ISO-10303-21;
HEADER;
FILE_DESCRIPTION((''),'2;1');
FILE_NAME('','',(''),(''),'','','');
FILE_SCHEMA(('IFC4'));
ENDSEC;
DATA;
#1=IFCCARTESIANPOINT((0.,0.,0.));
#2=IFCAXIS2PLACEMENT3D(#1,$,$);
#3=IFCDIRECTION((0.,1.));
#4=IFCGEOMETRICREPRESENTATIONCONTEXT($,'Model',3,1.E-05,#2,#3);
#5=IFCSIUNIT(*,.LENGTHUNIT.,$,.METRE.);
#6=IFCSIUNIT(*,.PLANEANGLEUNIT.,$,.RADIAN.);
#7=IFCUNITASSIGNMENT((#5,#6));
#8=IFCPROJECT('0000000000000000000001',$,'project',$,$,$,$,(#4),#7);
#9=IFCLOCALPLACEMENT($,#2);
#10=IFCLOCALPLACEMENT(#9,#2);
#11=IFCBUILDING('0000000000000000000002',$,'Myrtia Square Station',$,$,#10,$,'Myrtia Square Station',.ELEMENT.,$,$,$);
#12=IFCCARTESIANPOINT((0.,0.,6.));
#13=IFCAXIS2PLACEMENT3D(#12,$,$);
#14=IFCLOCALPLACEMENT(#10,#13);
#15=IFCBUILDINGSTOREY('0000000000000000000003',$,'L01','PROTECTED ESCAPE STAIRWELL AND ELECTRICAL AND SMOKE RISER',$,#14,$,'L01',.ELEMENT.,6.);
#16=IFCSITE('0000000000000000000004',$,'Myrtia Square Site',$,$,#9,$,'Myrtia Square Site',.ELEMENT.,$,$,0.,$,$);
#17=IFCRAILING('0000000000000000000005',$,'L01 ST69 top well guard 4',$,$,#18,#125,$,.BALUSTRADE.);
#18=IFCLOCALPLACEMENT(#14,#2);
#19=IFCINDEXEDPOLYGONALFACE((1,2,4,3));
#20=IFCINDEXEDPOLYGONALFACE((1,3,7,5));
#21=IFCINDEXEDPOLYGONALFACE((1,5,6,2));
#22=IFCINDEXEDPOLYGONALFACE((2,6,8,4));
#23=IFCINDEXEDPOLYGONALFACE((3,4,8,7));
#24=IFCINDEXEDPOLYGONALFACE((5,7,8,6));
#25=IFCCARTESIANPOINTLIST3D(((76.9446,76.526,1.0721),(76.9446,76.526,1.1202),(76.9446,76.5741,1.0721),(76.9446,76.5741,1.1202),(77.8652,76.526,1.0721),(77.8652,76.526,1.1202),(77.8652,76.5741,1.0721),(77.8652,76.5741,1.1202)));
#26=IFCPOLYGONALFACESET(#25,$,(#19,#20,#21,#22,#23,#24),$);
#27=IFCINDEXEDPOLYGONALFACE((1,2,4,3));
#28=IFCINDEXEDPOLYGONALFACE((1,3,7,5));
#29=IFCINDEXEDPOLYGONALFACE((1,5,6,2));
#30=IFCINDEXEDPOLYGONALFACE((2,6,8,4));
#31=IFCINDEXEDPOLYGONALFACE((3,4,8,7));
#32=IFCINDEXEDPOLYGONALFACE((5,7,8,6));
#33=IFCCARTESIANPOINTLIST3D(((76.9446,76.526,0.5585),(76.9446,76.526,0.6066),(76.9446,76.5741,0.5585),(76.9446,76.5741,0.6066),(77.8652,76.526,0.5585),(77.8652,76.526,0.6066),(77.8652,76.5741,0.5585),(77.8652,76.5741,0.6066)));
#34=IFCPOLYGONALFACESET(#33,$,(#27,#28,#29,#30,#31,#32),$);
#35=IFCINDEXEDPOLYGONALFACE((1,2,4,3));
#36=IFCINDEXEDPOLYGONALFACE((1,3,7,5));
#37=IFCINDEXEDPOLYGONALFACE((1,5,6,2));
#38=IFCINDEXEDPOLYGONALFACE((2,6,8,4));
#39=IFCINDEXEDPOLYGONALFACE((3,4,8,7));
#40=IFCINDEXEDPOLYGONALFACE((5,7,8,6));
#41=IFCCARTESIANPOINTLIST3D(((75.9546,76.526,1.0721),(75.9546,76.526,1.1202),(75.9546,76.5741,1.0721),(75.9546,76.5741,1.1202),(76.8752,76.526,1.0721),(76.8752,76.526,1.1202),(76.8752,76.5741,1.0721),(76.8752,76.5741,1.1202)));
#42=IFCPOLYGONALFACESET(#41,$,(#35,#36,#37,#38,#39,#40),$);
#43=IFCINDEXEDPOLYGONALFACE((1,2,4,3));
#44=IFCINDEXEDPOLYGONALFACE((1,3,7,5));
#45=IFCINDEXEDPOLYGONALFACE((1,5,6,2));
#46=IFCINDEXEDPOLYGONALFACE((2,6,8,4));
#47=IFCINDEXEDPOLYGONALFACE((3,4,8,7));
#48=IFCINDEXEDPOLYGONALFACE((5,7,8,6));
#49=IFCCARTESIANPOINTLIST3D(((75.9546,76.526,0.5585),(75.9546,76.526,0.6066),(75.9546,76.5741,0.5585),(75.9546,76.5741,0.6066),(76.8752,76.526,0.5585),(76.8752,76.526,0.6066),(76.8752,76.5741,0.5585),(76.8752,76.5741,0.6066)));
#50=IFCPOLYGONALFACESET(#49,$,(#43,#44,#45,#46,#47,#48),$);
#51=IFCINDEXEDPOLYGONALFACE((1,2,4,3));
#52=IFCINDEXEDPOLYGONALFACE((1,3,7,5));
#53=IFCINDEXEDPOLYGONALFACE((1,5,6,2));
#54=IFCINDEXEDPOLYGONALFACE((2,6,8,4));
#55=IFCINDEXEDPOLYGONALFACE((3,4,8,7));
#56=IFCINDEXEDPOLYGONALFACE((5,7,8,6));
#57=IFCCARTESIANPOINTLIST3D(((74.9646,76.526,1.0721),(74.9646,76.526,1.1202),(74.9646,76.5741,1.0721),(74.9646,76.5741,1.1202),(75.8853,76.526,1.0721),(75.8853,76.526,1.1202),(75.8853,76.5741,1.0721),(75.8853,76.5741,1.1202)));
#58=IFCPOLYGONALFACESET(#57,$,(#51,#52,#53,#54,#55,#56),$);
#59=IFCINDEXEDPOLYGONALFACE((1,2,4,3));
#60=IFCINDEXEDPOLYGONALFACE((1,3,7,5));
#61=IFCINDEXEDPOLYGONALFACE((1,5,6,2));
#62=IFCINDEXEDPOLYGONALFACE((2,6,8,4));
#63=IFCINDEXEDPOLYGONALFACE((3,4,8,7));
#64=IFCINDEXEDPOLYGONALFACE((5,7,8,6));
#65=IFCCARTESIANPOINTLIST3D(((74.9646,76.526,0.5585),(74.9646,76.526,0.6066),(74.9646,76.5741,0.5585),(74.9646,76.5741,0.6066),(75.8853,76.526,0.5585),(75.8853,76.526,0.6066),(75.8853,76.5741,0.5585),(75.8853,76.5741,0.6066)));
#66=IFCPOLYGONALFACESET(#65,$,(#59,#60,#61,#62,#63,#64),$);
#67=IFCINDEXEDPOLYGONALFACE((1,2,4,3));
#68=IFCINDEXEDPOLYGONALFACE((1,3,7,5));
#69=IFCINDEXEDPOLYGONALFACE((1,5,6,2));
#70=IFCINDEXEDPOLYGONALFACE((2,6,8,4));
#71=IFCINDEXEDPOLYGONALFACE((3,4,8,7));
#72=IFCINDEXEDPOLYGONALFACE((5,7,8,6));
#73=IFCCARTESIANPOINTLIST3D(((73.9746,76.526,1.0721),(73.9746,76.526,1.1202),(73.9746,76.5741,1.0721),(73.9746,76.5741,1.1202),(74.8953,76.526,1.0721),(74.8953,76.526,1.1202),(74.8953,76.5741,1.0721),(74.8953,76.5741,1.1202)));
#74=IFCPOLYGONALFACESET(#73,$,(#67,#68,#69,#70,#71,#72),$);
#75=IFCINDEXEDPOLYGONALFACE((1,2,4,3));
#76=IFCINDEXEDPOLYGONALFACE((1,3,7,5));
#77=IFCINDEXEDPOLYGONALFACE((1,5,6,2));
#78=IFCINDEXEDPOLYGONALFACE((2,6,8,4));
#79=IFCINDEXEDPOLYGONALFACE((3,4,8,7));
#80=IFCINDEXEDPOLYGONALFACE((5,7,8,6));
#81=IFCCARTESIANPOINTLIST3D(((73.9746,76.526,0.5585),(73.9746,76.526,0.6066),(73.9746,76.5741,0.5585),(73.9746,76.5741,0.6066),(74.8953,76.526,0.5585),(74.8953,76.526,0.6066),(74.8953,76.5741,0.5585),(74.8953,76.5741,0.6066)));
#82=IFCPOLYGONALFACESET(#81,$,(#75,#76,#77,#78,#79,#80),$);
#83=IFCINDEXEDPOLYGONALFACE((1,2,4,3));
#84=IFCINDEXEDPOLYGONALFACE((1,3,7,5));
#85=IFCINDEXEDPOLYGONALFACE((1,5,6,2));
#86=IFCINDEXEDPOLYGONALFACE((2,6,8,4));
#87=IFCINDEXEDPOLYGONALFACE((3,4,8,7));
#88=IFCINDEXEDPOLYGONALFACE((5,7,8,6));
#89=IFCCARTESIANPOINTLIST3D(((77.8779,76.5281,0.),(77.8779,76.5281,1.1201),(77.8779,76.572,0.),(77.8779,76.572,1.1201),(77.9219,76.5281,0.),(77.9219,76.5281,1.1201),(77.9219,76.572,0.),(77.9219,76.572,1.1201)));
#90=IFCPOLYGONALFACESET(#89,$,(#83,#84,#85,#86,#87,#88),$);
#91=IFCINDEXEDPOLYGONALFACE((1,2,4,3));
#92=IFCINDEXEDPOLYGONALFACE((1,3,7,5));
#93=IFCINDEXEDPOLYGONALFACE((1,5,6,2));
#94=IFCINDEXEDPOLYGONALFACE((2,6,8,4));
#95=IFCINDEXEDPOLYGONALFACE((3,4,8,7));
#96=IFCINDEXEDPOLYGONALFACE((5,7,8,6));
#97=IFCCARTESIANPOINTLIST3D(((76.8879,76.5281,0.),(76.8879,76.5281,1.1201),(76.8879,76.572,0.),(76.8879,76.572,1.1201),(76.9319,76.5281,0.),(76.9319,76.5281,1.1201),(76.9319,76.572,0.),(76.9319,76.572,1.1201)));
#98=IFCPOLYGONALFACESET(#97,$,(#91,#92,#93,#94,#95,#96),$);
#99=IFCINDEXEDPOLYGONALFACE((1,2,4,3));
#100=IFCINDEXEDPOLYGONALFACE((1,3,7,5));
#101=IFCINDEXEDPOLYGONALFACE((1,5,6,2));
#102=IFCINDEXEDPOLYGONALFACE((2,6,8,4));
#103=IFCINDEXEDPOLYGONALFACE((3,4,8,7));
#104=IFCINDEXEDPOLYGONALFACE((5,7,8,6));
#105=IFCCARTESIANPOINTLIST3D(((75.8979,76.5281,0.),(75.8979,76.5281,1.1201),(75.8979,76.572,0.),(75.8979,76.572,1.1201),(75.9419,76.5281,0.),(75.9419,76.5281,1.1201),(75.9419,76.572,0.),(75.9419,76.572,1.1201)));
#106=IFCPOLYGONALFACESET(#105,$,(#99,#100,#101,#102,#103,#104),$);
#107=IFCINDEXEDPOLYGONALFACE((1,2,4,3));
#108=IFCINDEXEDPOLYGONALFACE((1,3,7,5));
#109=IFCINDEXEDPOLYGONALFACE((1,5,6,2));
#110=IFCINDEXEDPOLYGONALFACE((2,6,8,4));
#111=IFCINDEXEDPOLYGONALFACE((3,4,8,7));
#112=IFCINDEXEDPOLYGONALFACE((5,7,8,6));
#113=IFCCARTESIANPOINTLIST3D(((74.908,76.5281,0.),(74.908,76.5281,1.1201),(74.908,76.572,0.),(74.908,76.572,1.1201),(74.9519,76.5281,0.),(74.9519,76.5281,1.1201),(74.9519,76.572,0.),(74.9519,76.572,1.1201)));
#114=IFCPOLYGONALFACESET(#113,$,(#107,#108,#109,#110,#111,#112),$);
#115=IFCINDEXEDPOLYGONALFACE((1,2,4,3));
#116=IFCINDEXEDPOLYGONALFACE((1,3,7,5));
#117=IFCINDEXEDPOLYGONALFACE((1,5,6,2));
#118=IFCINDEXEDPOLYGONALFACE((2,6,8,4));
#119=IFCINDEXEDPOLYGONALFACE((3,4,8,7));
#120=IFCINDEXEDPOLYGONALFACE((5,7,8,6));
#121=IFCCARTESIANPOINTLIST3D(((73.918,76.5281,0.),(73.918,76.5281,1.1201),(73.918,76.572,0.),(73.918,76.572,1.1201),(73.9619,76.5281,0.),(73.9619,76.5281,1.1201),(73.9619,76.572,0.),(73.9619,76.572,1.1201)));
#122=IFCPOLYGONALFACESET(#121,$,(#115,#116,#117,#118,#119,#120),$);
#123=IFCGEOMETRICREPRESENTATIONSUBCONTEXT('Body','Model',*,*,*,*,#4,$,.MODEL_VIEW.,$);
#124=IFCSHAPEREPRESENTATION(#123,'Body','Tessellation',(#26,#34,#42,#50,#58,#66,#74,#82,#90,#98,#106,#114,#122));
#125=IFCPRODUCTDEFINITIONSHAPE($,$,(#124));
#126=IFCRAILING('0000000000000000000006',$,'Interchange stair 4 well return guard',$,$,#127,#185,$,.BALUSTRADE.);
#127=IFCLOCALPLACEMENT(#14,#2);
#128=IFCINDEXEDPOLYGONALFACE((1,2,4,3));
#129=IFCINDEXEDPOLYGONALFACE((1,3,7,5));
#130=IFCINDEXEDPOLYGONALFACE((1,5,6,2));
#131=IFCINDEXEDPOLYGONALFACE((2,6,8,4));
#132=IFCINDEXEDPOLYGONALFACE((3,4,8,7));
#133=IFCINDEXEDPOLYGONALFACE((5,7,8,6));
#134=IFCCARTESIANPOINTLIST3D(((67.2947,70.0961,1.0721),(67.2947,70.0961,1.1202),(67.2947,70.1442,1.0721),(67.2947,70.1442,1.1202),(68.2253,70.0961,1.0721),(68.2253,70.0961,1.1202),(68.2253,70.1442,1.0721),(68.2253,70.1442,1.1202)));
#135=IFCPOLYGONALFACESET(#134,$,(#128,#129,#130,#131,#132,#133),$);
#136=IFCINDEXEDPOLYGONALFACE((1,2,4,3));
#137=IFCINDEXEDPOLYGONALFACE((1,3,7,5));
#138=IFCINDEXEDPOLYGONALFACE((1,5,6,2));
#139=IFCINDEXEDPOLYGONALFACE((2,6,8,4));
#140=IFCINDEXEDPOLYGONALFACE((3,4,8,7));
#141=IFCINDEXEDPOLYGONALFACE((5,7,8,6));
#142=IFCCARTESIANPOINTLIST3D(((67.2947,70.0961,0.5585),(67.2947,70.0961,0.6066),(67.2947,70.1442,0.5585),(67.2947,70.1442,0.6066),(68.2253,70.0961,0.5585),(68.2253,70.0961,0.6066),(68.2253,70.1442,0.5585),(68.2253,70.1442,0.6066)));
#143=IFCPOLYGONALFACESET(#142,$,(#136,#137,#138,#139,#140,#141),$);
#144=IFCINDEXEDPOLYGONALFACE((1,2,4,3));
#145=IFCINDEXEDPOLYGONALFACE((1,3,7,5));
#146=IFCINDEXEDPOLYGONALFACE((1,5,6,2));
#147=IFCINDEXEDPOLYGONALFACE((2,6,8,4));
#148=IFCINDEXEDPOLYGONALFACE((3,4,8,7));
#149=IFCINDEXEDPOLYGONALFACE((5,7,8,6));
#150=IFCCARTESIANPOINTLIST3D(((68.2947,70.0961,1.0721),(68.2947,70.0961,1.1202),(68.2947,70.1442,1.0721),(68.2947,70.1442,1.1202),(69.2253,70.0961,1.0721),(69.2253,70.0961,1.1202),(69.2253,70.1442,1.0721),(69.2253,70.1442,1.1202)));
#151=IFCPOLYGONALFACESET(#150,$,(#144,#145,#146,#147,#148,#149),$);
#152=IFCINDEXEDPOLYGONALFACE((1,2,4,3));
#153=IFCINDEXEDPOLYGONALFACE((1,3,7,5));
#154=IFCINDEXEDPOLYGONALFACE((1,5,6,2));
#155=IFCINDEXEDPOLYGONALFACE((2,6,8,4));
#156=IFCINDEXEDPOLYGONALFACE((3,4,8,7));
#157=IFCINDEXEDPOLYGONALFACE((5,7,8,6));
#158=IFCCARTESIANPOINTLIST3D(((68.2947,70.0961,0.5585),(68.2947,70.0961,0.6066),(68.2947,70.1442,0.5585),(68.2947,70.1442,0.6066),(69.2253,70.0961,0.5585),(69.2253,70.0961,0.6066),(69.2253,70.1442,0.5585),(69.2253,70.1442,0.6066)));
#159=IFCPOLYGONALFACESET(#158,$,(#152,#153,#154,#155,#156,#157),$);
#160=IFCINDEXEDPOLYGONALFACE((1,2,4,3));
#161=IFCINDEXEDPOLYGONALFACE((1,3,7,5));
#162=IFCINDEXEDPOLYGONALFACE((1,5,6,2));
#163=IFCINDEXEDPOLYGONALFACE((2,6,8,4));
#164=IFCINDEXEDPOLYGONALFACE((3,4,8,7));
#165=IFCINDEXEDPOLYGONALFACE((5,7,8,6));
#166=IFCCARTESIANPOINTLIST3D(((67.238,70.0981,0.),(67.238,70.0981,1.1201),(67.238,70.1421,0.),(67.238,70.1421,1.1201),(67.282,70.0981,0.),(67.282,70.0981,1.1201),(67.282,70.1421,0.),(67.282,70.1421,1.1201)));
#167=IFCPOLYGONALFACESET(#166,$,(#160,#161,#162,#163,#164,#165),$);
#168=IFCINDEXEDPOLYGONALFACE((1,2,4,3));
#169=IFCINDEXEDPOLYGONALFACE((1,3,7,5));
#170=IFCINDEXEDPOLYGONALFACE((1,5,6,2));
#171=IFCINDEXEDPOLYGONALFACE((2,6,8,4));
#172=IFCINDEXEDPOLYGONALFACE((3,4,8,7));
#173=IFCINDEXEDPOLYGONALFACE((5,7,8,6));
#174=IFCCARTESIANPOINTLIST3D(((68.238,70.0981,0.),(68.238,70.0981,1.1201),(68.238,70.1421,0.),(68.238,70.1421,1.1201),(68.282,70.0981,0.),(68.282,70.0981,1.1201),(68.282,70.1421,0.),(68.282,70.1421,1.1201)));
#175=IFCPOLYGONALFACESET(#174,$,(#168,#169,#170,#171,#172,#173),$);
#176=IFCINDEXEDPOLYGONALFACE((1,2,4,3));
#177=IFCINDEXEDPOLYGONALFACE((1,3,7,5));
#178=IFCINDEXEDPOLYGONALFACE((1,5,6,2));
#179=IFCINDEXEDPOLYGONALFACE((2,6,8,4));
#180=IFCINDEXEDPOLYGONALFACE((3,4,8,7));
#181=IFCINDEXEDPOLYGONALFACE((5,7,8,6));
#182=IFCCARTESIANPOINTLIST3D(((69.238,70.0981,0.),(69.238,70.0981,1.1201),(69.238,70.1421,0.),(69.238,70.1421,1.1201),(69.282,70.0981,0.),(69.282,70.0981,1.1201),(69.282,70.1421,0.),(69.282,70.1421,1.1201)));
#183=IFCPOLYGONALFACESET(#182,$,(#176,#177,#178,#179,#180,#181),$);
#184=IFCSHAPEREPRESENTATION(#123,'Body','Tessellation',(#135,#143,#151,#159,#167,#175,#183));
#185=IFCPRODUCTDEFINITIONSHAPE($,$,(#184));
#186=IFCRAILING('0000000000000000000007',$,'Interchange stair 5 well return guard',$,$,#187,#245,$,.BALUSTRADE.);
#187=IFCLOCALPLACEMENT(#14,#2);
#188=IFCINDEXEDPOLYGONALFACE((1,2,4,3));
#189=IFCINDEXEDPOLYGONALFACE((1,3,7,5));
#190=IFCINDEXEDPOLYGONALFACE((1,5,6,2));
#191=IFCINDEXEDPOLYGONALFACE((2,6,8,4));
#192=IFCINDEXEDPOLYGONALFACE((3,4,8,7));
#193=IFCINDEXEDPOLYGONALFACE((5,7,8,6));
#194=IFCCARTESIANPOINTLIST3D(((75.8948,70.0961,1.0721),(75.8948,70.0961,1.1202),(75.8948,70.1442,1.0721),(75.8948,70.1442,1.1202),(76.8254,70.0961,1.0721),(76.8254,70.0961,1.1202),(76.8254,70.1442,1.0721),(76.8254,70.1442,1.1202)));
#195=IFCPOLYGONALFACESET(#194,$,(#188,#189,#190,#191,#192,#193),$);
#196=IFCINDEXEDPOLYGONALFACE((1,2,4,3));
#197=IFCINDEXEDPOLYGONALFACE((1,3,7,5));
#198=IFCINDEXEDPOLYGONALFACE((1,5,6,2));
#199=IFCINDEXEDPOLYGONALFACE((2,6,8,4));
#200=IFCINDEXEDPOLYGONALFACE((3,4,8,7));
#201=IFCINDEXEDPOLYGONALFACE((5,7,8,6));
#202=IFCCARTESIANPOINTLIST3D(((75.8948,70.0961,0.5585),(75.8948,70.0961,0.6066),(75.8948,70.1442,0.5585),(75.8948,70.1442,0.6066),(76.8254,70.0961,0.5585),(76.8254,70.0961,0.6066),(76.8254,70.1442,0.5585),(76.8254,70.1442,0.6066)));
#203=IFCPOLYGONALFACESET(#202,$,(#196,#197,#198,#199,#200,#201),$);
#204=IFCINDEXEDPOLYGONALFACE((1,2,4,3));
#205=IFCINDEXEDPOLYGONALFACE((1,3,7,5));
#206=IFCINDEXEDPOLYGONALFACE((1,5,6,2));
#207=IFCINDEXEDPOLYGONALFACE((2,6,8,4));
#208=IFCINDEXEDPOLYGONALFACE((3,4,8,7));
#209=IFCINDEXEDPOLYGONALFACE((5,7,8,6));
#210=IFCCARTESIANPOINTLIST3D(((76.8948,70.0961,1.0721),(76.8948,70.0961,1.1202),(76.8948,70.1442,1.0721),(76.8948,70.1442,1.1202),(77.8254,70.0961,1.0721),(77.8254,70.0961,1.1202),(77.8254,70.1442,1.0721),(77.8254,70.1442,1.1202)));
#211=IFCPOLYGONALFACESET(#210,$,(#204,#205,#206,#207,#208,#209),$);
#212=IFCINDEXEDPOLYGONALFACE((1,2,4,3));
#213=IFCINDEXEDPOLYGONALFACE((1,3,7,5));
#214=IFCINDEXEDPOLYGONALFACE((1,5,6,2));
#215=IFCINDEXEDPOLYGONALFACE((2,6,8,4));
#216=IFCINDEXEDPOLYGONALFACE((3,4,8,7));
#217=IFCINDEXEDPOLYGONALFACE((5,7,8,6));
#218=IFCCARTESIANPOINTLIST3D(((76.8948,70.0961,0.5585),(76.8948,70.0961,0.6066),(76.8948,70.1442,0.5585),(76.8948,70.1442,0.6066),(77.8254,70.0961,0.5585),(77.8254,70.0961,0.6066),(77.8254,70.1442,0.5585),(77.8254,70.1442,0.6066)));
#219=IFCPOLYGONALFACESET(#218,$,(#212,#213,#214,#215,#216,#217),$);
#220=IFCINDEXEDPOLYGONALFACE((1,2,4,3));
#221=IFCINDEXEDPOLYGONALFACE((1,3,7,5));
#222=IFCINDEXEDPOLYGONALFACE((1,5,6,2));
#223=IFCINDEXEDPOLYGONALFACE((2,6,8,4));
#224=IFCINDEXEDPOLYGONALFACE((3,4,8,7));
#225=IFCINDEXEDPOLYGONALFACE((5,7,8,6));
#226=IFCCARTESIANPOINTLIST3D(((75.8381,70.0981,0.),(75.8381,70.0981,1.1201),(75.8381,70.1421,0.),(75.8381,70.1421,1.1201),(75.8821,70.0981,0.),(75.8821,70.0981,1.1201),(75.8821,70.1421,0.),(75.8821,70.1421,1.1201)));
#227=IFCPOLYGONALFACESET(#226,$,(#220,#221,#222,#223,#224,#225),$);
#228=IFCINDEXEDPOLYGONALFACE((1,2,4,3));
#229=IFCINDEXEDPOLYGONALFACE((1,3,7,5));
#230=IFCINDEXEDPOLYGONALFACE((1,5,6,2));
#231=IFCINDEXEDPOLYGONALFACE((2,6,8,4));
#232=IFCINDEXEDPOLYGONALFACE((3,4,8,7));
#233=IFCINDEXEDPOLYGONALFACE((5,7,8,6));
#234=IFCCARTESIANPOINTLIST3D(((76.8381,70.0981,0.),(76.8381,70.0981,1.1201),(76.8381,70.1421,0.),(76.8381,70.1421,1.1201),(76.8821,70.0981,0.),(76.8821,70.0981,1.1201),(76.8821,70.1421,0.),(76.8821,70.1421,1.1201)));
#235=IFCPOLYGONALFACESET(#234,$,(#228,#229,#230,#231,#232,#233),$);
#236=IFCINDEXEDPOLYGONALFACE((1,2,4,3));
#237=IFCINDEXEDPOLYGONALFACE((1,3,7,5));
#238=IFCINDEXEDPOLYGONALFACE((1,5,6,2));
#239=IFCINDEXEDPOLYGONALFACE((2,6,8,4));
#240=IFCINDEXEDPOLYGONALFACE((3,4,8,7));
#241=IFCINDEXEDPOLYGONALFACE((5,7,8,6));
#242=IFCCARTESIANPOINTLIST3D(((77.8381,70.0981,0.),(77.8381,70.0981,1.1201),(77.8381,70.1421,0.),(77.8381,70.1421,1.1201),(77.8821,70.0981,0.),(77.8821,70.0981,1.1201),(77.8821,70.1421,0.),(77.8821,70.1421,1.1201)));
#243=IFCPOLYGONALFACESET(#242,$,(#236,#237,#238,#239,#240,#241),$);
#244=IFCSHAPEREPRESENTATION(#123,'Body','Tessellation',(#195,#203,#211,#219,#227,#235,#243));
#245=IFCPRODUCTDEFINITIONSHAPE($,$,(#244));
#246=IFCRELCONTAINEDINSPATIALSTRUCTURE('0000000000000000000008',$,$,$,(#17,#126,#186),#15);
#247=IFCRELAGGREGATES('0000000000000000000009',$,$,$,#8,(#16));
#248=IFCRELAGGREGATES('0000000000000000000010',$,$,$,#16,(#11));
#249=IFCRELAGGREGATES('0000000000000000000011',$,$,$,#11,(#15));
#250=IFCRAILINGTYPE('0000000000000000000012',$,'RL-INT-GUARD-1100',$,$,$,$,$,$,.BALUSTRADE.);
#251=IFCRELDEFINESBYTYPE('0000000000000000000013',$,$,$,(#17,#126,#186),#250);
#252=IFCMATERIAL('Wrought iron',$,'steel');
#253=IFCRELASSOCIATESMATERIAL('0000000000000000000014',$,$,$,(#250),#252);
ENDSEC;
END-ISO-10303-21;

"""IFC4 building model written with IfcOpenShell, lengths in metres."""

from ifc_helpers import new_model, si_unit, direction, frame, origin, origin_2d, place, context, subcontext, project, spatial, rectangle, extrude, material, type_object, element, save


model = new_model("IFC4")

# Units and contexts
model_context = context("Model", 3, precision=1e-05, world=origin(), true_north=direction((0.0, 1.0)))
body_context = subcontext(model_context, "Body", "Model", "MODEL_VIEW")
ifc_project = project(units=[si_unit("LENGTHUNIT", "METRE"), si_unit("PLANEANGLEUNIT", "RADIAN")], contexts=[model_context])

# Site, building, storey
site_placement = place(None, origin())
site = spatial("IfcSite", under=ifc_project, at=site_placement, Name="Myrtia Square Site", LongName="Myrtia Square Site", CompositionType="ELEMENT", RefElevation=0.0)
building_placement = place(site_placement, origin())
building = spatial("IfcBuilding", under=site, at=building_placement, Name="Myrtia Square Station", LongName="Myrtia Square Station", CompositionType="ELEMENT")
storey_placement = place(building_placement, frame((0.0, 0.0, 6.0)))
storey = spatial("IfcBuildingStorey", under=building, at=storey_placement, Name="L01", Description="PROTECTED ESCAPE STAIRWELL AND ELECTRICAL AND SMOKE RISER", LongName="L01", CompositionType="ELEMENT", Elevation=6.0)

# Railings
ifc_material_1 = material(Name="Wrought iron", Category="steel")
railing_type = type_object("IfcRailingType", Name="RL-INT-GUARD-1100", PredefinedType="BALUSTRADE", material=ifc_material_1)
railing_1_placement = place(storey_placement, frame((77.8999, 76.55, 0.0)))
element("IfcRailing", 1, at=railing_1_placement, inside=storey, type_object=railing_type, Name="L01 ST69 top well guard 4", PredefinedType="BALUSTRADE", context=body_context, shape_type="SweptSolid", body=[
    extrude(rectangle(XDim=0.0481, YDim=0.0481, at=origin_2d()), frame((-0.0347, 0.0, 1.0962), z_axis=(-1.0, 0.0, 0.0), x_axis=(0.0, -1.0, 0.0)), (0.0, 0.0, 1.0), 0.9207),
    extrude(rectangle(XDim=0.0481, YDim=0.0481, at=origin_2d()), frame((-0.0347, 0.0, 0.5825), z_axis=(-1.0, 0.0, 0.0), x_axis=(0.0, -1.0, 0.0)), (0.0, 0.0, 1.0), 0.9207),
    extrude(rectangle(XDim=0.0481, YDim=0.0481, at=origin_2d()), frame((-1.0247, 0.0, 1.0962), z_axis=(-1.0, 0.0, 0.0), x_axis=(0.0, -1.0, 0.0)), (0.0, 0.0, 1.0), 0.9207),
    extrude(rectangle(XDim=0.0481, YDim=0.0481, at=origin_2d()), frame((-1.0247, 0.0, 0.5825), z_axis=(-1.0, 0.0, 0.0), x_axis=(0.0, -1.0, 0.0)), (0.0, 0.0, 1.0), 0.9207),
    extrude(rectangle(XDim=0.0481, YDim=0.0481, at=origin_2d()), frame((-2.0146, 0.0, 1.0962), z_axis=(-1.0, 0.0, 0.0), x_axis=(0.0, -1.0, 0.0)), (0.0, 0.0, 1.0), 0.9207),
    extrude(rectangle(XDim=0.0481, YDim=0.0481, at=origin_2d()), frame((-2.0146, 0.0, 0.5825), z_axis=(-1.0, 0.0, 0.0), x_axis=(0.0, -1.0, 0.0)), (0.0, 0.0, 1.0), 0.9207),
    extrude(rectangle(XDim=0.0481, YDim=0.0481, at=origin_2d()), frame((-3.0046, 0.0, 1.0962), z_axis=(-1.0, 0.0, 0.0), x_axis=(0.0, -1.0, 0.0)), (0.0, 0.0, 1.0), 0.9207),
    extrude(rectangle(XDim=0.0481, YDim=0.0481, at=origin_2d()), frame((-3.0046, 0.0, 0.5825), z_axis=(-1.0, 0.0, 0.0), x_axis=(0.0, -1.0, 0.0)), (0.0, 0.0, 1.0), 0.9207),
    extrude(rectangle(XDim=0.0439, YDim=0.0439, at=origin_2d()), origin(), (0.0, 0.0, 1.0), 1.1201),
    extrude(rectangle(XDim=0.0439, YDim=0.0439, at=origin_2d()), frame((-0.99, 0.0, 0.0)), (0.0, 0.0, 1.0), 1.1201),
    extrude(rectangle(XDim=0.0439, YDim=0.0439, at=origin_2d()), frame((-1.98, 0.0, 0.0)), (0.0, 0.0, 1.0), 1.1201),
    extrude(rectangle(XDim=0.0439, YDim=0.0439, at=origin_2d()), frame((-2.97, 0.0, 0.0)), (0.0, 0.0, 1.0), 1.1201),
    extrude(rectangle(XDim=0.0439, YDim=0.0439, at=origin_2d()), frame((-3.96, 0.0, 0.0)), (0.0, 0.0, 1.0), 1.1201),
])
for number, where, name in (
    (2, (67.26, 70.1201, 0.0), "Interchange stair 4 well return guard"),
    (3, (75.8601, 70.1201, 0.0), "Interchange stair 5 well return guard"),
):
    element("IfcRailing", number, at=place(storey_placement, frame(where)), inside=storey, type_object=railing_type, Name=name, PredefinedType="BALUSTRADE", context=body_context, shape_type="SweptSolid", body=[
        extrude(rectangle(XDim=0.0481, YDim=0.0481, at=origin_2d()), frame((0.0347, 0.0, 1.0962), z_axis=(1.0, 0.0, 0.0), x_axis=(0.0, 1.0, 0.0)), (0.0, 0.0, 1.0), 0.9307),
        extrude(rectangle(XDim=0.0481, YDim=0.0481, at=origin_2d()), frame((0.0347, 0.0, 0.5825), z_axis=(1.0, 0.0, 0.0), x_axis=(0.0, 1.0, 0.0)), (0.0, 0.0, 1.0), 0.9307),
        extrude(rectangle(XDim=0.0481, YDim=0.0481, at=origin_2d()), frame((1.0347, 0.0, 1.0962), z_axis=(1.0, 0.0, 0.0), x_axis=(0.0, 1.0, 0.0)), (0.0, 0.0, 1.0), 0.9307),
        extrude(rectangle(XDim=0.0481, YDim=0.0481, at=origin_2d()), frame((1.0347, 0.0, 0.5825), z_axis=(1.0, 0.0, 0.0), x_axis=(0.0, 1.0, 0.0)), (0.0, 0.0, 1.0), 0.9307),
        extrude(rectangle(XDim=0.0439, YDim=0.0439, at=origin_2d()), origin(), (0.0, 0.0, 1.0), 1.1201),
        extrude(rectangle(XDim=0.0439, YDim=0.0439, at=origin_2d()), frame((1.0, 0.0, 0.0)), (0.0, 0.0, 1.0), 1.1201),
        extrude(rectangle(XDim=0.0439, YDim=0.0439, at=origin_2d()), frame((2.0, 0.0, 0.0)), (0.0, 0.0, 1.0), 1.1201),
    ])

save(model, "model.ifc")
